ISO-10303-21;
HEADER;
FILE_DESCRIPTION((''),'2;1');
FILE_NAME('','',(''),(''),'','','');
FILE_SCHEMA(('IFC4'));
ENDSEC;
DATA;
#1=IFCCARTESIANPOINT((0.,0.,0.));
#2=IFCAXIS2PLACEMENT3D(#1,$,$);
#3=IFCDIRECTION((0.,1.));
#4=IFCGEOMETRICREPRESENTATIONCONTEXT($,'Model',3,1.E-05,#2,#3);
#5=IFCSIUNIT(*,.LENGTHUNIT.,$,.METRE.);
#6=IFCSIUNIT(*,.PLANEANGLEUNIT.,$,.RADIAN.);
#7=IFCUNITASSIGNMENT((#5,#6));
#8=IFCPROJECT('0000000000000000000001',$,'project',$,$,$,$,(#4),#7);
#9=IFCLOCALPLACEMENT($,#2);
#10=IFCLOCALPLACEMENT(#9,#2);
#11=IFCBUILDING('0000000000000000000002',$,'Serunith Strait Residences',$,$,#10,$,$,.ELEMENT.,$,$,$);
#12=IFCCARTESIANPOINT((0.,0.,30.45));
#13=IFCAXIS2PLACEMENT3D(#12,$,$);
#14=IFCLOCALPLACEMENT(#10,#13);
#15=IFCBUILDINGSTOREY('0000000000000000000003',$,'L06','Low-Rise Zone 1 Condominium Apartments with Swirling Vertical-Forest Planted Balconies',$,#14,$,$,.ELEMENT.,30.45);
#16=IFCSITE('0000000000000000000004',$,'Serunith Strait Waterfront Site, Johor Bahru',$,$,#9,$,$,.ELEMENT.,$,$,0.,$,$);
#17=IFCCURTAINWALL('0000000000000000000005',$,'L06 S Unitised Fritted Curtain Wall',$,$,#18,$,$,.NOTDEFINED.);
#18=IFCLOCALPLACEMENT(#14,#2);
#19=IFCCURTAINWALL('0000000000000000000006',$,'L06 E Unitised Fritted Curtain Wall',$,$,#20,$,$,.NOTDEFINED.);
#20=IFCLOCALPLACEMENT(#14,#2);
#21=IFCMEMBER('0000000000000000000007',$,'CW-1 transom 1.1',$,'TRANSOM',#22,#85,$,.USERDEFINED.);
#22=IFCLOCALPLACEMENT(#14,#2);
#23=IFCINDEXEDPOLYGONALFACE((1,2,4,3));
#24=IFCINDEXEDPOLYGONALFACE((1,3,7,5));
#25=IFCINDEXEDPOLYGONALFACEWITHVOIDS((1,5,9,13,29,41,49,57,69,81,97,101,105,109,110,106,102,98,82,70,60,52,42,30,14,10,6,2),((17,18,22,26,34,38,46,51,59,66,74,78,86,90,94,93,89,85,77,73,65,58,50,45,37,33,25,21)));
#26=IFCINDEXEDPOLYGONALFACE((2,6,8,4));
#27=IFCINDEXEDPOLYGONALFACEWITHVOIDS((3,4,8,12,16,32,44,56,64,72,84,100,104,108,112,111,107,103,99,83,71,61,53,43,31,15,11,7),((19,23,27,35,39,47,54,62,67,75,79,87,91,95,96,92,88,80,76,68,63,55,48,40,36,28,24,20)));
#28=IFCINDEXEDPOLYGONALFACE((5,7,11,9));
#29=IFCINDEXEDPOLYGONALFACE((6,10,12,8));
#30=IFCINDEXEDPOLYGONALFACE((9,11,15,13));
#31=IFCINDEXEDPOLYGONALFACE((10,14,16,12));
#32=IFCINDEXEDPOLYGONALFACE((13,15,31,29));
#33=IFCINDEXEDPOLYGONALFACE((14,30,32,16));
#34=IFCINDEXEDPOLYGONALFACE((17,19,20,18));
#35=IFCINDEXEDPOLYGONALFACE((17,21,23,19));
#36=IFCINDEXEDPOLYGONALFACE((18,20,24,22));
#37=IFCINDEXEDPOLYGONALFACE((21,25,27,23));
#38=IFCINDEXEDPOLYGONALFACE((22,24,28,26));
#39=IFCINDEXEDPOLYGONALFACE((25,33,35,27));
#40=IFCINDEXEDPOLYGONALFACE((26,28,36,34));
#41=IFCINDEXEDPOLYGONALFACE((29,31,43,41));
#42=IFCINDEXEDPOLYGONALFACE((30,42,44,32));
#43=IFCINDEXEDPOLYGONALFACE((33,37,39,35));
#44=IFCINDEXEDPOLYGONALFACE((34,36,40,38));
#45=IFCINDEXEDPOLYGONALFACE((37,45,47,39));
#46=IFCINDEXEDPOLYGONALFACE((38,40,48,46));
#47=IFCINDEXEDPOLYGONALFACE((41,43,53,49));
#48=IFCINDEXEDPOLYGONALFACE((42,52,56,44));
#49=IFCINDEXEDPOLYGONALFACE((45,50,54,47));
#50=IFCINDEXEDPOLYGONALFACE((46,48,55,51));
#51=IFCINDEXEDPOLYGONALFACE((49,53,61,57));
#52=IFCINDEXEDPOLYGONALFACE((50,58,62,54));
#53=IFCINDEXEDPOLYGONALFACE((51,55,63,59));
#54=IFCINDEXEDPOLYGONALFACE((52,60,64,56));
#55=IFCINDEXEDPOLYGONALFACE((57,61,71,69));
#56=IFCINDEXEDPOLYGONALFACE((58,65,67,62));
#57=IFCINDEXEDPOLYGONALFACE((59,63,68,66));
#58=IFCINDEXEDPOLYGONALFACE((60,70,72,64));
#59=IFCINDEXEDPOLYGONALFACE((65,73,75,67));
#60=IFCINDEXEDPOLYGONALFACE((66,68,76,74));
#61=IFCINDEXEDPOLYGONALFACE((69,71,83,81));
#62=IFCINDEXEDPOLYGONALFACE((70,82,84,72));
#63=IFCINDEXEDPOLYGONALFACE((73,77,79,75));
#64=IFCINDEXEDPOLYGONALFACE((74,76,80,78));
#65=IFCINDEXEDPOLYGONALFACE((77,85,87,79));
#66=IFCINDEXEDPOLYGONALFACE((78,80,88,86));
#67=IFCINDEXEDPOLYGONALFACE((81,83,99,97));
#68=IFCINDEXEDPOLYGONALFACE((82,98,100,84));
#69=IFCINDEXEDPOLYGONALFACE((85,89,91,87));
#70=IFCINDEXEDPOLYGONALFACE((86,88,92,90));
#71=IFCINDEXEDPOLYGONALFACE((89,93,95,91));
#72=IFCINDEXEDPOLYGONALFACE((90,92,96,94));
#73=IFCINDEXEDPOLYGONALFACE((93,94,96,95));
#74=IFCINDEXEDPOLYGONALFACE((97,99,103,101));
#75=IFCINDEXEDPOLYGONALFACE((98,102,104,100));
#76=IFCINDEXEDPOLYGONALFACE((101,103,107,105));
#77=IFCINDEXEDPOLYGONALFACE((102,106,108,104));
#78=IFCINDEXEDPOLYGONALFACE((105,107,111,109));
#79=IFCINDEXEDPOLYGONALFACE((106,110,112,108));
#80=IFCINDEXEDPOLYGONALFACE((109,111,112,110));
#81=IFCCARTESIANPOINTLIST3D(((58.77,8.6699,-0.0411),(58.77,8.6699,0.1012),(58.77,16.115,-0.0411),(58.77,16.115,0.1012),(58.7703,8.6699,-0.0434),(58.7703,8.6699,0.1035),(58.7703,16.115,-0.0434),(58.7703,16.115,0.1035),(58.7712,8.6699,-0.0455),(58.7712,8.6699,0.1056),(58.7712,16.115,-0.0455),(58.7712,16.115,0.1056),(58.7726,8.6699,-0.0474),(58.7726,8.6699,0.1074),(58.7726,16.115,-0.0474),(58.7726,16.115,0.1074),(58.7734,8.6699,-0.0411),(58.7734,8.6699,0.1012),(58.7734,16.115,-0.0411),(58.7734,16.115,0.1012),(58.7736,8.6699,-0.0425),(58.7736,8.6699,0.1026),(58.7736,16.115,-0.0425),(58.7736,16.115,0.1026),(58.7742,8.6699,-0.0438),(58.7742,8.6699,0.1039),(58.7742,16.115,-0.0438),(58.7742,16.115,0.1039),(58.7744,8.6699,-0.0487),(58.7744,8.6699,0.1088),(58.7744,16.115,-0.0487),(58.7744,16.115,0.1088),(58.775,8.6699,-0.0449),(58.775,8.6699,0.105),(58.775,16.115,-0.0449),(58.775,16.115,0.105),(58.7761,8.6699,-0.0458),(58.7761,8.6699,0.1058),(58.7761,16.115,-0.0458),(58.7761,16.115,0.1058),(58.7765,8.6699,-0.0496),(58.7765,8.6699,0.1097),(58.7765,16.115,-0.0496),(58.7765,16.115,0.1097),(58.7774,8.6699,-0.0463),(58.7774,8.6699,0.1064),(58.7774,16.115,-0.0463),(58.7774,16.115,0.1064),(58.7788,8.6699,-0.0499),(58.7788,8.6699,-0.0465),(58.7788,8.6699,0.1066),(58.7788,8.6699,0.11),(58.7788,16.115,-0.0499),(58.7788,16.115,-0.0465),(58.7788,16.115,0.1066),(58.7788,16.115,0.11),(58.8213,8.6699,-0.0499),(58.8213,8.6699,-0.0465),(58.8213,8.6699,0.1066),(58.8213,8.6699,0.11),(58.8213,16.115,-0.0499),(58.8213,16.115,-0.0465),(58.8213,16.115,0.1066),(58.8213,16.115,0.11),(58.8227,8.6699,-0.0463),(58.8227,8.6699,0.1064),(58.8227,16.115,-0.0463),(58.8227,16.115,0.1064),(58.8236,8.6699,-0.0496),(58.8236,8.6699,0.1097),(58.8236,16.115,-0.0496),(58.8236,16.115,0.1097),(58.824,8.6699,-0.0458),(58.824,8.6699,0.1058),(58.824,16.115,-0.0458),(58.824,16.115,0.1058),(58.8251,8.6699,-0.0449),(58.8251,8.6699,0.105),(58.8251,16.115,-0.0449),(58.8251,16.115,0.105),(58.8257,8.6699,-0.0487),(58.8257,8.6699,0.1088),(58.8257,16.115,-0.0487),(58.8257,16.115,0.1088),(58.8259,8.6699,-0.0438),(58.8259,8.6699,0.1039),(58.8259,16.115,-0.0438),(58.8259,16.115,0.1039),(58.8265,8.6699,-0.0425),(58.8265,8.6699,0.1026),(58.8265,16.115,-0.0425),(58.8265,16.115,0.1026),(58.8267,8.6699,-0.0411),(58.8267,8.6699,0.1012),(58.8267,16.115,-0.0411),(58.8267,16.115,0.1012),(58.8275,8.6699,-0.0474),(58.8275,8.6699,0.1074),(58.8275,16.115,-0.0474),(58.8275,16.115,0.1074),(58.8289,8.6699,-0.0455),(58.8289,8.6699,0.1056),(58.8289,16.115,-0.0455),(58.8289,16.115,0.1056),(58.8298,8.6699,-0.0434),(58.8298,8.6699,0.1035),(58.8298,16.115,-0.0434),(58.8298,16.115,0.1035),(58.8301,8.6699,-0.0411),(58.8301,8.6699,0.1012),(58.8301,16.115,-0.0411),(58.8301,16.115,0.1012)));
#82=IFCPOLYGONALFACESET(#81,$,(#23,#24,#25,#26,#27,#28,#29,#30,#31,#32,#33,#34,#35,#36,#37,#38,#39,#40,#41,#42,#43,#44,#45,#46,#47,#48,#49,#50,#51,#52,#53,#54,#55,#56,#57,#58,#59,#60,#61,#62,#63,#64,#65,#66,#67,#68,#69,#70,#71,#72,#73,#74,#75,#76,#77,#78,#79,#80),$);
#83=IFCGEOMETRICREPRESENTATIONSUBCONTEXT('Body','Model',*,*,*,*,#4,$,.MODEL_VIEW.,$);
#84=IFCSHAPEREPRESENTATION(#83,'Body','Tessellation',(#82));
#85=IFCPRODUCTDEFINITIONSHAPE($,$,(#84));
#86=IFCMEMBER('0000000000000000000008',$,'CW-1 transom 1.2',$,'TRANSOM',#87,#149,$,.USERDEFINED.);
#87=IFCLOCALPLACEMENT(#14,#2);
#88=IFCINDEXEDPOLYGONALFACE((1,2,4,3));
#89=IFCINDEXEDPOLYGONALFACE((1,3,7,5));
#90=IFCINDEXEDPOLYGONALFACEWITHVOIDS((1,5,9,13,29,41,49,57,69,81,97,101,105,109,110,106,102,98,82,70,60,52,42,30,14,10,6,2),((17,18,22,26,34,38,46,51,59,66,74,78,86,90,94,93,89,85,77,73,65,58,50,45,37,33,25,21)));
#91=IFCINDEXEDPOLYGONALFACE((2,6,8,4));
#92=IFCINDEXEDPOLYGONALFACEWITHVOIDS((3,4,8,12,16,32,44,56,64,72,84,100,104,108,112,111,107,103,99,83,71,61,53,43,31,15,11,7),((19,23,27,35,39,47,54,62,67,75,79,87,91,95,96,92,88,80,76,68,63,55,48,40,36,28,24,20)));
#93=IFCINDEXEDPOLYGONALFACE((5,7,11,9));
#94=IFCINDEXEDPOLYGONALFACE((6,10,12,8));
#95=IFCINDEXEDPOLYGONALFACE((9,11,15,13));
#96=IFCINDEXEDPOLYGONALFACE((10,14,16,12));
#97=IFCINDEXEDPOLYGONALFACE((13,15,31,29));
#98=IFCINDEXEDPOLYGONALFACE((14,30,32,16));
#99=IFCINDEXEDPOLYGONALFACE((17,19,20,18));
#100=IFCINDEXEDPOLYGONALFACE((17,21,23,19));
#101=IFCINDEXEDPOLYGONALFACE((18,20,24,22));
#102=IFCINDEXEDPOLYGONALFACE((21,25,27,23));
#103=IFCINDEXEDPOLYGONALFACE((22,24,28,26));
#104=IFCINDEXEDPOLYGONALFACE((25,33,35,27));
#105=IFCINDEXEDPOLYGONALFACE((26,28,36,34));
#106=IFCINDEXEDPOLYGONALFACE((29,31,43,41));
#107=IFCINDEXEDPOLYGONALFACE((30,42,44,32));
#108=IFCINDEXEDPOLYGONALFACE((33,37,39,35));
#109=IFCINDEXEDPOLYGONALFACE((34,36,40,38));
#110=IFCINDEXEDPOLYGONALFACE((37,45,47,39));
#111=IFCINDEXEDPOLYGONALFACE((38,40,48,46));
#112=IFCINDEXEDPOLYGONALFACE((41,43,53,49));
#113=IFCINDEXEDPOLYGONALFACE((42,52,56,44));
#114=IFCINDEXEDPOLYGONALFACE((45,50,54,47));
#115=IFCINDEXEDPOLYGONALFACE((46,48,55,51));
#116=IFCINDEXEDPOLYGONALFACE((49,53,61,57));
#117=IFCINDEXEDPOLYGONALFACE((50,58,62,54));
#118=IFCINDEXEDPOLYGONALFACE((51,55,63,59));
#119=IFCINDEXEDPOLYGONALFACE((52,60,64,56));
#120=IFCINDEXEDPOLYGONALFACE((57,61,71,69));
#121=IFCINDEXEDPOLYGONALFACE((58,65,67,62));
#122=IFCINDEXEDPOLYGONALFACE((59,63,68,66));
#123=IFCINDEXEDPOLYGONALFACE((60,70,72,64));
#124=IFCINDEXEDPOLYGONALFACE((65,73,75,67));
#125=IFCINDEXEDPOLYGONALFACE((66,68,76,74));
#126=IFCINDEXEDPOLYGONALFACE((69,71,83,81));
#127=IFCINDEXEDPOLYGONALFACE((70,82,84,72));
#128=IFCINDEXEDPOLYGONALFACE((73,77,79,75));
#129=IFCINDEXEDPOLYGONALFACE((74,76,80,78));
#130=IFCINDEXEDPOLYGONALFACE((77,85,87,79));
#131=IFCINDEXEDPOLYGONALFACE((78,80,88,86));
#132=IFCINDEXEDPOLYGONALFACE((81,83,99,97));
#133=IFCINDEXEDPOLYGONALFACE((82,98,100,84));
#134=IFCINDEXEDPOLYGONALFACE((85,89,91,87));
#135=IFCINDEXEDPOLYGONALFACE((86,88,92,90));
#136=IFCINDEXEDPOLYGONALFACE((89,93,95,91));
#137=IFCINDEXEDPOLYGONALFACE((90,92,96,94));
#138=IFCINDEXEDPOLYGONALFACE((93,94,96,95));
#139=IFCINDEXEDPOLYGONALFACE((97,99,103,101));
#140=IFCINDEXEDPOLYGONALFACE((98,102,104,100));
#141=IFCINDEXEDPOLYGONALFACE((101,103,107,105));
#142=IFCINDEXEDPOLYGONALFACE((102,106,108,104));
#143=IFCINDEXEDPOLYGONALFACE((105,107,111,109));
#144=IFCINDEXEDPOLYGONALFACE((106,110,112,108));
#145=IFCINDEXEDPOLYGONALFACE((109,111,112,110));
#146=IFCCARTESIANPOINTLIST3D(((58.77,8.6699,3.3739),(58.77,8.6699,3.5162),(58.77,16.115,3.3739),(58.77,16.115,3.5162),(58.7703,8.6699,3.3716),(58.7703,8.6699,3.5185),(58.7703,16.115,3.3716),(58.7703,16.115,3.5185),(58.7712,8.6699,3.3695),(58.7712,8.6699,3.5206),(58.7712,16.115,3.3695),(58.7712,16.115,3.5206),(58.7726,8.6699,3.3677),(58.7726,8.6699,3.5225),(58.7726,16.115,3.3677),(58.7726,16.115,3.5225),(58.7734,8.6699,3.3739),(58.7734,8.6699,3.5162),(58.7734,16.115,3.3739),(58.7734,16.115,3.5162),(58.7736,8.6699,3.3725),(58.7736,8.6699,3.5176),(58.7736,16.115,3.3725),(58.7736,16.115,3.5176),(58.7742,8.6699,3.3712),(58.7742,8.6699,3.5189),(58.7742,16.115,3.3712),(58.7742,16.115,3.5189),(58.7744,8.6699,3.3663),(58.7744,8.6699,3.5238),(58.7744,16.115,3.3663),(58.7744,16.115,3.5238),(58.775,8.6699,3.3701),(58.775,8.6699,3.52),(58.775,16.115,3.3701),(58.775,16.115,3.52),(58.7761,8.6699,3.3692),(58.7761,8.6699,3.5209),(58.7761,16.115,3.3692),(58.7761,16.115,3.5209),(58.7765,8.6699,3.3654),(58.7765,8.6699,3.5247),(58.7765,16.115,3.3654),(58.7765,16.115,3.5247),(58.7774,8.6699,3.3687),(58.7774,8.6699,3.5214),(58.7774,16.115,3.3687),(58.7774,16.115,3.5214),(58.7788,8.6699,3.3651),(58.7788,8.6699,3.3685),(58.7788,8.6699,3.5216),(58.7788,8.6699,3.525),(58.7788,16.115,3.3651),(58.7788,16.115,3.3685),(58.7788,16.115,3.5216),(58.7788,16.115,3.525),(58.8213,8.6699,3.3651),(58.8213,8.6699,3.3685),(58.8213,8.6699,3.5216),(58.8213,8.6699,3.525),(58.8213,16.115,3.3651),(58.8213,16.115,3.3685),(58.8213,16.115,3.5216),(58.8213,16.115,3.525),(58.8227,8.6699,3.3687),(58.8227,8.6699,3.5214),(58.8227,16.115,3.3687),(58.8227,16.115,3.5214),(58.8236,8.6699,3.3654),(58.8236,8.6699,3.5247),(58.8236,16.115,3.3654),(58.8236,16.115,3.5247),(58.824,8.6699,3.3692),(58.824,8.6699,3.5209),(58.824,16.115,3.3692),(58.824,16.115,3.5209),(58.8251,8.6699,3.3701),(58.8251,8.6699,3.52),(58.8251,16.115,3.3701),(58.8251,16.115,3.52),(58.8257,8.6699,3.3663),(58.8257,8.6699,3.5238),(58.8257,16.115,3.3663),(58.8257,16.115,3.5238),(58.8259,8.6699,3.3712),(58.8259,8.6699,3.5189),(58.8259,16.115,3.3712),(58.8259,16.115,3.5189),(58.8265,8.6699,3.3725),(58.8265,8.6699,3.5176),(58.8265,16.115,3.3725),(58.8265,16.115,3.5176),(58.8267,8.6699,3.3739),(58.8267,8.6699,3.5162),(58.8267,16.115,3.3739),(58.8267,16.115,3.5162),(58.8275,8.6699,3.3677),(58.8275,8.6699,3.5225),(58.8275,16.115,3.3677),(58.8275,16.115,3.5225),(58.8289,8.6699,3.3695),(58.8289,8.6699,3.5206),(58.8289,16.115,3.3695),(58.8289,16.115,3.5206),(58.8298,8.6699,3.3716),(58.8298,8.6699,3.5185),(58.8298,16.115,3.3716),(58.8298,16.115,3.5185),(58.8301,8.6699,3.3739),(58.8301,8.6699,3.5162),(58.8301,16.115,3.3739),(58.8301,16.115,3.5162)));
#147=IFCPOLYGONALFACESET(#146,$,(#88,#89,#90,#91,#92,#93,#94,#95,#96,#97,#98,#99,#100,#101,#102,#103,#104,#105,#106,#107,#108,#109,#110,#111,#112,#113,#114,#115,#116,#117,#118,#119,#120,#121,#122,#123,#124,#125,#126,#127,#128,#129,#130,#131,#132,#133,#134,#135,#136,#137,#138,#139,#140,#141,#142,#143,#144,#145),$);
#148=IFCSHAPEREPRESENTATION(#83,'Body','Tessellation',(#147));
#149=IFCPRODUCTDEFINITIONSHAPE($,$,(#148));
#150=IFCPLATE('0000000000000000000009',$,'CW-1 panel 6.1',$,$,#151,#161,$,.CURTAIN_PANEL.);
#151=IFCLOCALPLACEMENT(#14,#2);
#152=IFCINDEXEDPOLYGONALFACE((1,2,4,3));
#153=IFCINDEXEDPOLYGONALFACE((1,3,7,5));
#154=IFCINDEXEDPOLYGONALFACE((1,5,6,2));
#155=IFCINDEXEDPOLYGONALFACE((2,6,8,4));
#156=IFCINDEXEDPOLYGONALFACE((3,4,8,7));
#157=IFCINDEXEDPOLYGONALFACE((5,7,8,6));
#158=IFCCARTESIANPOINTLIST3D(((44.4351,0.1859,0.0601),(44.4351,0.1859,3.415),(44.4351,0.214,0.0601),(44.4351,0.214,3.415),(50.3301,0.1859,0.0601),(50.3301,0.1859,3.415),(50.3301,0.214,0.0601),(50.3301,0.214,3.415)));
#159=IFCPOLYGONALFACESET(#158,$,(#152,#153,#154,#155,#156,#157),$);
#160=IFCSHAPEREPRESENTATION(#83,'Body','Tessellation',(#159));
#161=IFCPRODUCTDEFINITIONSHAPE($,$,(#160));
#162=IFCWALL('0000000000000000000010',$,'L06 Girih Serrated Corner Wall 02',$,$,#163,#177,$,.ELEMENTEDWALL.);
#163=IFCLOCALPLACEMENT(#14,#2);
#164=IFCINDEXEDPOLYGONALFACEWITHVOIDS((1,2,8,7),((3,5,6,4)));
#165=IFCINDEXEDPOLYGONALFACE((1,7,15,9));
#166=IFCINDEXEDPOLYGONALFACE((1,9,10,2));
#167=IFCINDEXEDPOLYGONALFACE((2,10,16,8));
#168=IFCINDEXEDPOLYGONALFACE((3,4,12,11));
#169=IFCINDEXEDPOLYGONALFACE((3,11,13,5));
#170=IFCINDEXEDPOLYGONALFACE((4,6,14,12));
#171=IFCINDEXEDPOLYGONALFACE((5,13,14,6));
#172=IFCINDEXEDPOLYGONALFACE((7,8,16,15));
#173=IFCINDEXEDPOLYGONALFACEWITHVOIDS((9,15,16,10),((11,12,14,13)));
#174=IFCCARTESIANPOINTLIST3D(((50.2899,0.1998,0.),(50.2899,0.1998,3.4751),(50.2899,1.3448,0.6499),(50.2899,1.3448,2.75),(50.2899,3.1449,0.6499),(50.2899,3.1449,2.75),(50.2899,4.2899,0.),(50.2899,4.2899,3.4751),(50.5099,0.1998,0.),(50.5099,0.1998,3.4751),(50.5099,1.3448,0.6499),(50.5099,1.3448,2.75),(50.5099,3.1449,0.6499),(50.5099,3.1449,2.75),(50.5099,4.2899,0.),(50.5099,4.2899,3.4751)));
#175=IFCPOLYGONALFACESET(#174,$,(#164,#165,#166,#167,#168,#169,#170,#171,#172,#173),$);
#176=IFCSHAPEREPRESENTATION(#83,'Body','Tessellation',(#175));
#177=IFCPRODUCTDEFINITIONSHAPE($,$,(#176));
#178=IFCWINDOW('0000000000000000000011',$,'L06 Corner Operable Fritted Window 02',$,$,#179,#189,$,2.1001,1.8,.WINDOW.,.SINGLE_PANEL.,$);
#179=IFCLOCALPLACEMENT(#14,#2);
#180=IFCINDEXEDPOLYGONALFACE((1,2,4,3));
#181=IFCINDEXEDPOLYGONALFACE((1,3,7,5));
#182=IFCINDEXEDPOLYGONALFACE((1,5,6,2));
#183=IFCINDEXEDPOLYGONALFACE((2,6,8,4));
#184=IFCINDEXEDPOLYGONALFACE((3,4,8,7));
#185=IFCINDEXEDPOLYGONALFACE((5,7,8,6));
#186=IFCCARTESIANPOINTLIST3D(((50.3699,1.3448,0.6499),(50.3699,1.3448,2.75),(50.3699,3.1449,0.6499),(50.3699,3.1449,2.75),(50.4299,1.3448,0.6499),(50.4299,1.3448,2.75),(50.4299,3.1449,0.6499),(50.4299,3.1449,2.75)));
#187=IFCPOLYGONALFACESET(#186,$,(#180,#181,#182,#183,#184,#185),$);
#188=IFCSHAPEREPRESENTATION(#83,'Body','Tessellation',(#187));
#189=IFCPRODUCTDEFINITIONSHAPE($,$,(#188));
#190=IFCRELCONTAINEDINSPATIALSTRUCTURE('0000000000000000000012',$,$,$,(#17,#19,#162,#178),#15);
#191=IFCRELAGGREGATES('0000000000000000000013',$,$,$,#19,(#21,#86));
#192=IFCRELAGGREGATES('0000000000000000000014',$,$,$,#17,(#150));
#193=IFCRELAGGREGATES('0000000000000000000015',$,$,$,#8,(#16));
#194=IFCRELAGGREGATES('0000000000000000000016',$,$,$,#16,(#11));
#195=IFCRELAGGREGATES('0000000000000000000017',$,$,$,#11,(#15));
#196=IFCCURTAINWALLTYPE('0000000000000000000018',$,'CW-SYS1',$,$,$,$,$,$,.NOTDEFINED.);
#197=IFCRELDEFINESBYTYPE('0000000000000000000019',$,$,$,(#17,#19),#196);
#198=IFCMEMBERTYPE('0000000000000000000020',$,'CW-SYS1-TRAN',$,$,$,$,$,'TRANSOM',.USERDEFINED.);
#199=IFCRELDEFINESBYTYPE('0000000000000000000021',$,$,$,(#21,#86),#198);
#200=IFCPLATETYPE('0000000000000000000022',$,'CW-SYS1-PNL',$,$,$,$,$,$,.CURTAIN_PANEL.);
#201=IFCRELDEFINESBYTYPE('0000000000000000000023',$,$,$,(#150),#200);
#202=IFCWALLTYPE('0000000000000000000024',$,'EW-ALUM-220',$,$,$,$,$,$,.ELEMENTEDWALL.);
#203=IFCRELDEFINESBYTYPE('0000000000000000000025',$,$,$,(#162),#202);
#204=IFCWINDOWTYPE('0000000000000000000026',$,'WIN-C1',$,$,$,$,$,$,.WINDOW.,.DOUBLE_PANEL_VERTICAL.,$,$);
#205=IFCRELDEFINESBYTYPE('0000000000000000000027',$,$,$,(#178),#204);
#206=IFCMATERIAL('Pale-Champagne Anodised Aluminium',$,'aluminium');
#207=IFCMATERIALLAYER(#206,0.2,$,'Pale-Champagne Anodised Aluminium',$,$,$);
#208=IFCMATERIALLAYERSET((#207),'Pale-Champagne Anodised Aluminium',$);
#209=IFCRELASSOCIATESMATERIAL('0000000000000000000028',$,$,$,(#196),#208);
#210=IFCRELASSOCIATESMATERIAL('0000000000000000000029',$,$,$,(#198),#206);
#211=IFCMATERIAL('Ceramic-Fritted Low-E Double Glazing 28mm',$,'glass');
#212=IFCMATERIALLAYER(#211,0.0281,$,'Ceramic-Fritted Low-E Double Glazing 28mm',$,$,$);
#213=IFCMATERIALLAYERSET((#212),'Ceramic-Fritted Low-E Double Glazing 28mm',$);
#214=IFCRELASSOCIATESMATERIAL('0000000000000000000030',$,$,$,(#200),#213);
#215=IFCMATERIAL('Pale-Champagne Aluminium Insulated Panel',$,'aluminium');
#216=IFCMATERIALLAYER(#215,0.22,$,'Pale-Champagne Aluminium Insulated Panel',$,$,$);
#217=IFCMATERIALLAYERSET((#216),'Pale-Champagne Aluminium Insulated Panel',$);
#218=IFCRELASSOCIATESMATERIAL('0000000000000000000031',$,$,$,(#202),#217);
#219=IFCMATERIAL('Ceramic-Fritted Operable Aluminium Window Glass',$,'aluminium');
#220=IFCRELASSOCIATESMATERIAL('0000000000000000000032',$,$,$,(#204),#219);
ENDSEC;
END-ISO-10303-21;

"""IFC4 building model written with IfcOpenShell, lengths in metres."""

from ifc_helpers import new_model, si_unit, direction, frame, frame_2d, origin, origin_2d, place, context, subcontext, project, spatial, rectangle, hollow_rectangle, extrude, source, transform, mapped, material, layer, layer_set, material_profile, profile_set, type_object, element, fill, aggregate, save


model = new_model("IFC4")

# Units and contexts
model_context = context("Model", 3, precision=1e-05, world=origin(), true_north=direction((0.0, 1.0)))
body_context = subcontext(model_context, "Body", "Model", "MODEL_VIEW")
ifc_project = project(units=[si_unit("LENGTHUNIT", "METRE"), si_unit("PLANEANGLEUNIT", "RADIAN")], contexts=[model_context])

# Site, building, storey
site_placement = place(None, origin())
site = spatial("IfcSite", under=ifc_project, at=site_placement, Name="Serunith Strait Waterfront Site, Johor Bahru", CompositionType="ELEMENT", RefElevation=0.0)
building_placement = place(site_placement, origin())
building = spatial("IfcBuilding", under=site, at=building_placement, Name="Serunith Strait Residences", CompositionType="ELEMENT")
storey_placement = place(building_placement, frame((0.0, 0.0, 30.45)))
storey = spatial("IfcBuildingStorey", under=building, at=storey_placement, Name="L06", Description="Low-Rise Zone 1 Condominium Apartments with Swirling Vertical-Forest Planted Balconies", CompositionType="ELEMENT", Elevation=30.45)

# Curtain wall
ifc_material_1 = material(Name="Pale-Champagne Anodised Aluminium", Category="aluminium")
ifc_layer_1 = layer(ifc_material_1, 0.2, Name="Pale-Champagne Anodised Aluminium")
ifc_layer_set_1 = layer_set([ifc_layer_1], Name="Pale-Champagne Anodised Aluminium")
curtain_wall_type = type_object("IfcCurtainWallType", Name="CW-SYS1", PredefinedType="NOTDEFINED", material=ifc_layer_set_1)
curtain_wall_1_placement = place(storey_placement, origin())
curtain_wall_1 = element("IfcCurtainWall", 1, at=curtain_wall_1_placement, inside=storey, type_object=curtain_wall_type, Name="L06 S Unitised Fritted Curtain Wall", PredefinedType="NOTDEFINED")

# Curtain wall, members
curtain_wall_2_placement = place(storey_placement, origin())
curtain_wall_2 = element("IfcCurtainWall", 2, at=curtain_wall_2_placement, inside=storey, type_object=curtain_wall_type, Name="L06 E Unitised Fritted Curtain Wall", PredefinedType="NOTDEFINED")
ifc_material_profile_1 = material_profile(ifc_material_1, hollow_rectangle(XDim=0.0601, YDim=0.1599, WallThickness=0.0034, InnerFilletRadius=0.0054, OuterFilletRadius=0.0088, at=origin_2d()), Name="ALU 160x60x3.5")
ifc_profile_set_1 = profile_set([ifc_material_profile_1], Name="Pale-Champagne Anodised Aluminium")
member_type_1 = type_object("IfcMemberType", Name="CW-SYS1-TRAN", ElementType="TRANSOM", PredefinedType="USERDEFINED", material=ifc_profile_set_1)
shared_shape_1 = source(origin(), body_context, "Body", "SweptSolid", [
    extrude(hollow_rectangle(XDim=0.0601, YDim=0.1599, WallThickness=0.0034, InnerFilletRadius=0.0054, OuterFilletRadius=0.0088, at=origin_2d()), origin(), (0.0, 0.0, 1.0), 7.4451),
])
member_1_placement = place(storey_placement, frame((58.8, 8.6699, 0.03), z_axis=(0.0, 1.0, 0.0), x_axis=(-1.0, 0.0, 0.0)))
member_1 = element("IfcMember", 3, at=member_1_placement, type_object=member_type_1, Name="CW-1 transom 1.1", ObjectType="TRANSOM", PredefinedType="USERDEFINED", context=body_context, shape_type="MappedRepresentation", body=[
    mapped(shared_shape_1, transform((0.0, 0.0, 0.0), scale=1.0)),
])
member_2_placement = place(storey_placement, frame((58.8, 8.6699, 3.4451), z_axis=(0.0, 1.0, 0.0), x_axis=(-1.0, 0.0, 0.0)))
member_2 = element("IfcMember", 4, at=member_2_placement, type_object=member_type_1, Name="CW-1 transom 1.2", ObjectType="TRANSOM", PredefinedType="USERDEFINED", context=body_context, shape_type="MappedRepresentation", body=[
    mapped(shared_shape_1, transform((0.0, 0.0, 0.0), scale=1.0)),
])
aggregate(curtain_wall_2, [member_1, member_2])

# Plate
ifc_material_2 = material(Name="Ceramic-Fritted Low-E Double Glazing 28mm", Category="glass")
ifc_layer_2 = layer(ifc_material_2, 0.0281, Name="Ceramic-Fritted Low-E Double Glazing 28mm")
ifc_layer_set_2 = layer_set([ifc_layer_2], Name="Ceramic-Fritted Low-E Double Glazing 28mm")
plate_type = type_object("IfcPlateType", Name="CW-SYS1-PNL", PredefinedType="CURTAIN_PANEL", material=ifc_layer_set_2)
shared_shape_2 = source(origin(), body_context, "Body", "SweptSolid", [
    extrude(rectangle(XDim=5.895, YDim=0.0281, at=origin_2d()), origin(), (0.0, 0.0, 1.0), 3.355),
])
plate_placement = place(storey_placement, frame((47.3826, 0.2, 0.0601), z_axis=(0.0, 0.0, 1.0), x_axis=(1.0, 0.0, 0.0)))
plate = element("IfcPlate", 5, at=plate_placement, type_object=plate_type, Name="CW-1 panel 6.1", PredefinedType="CURTAIN_PANEL", context=body_context, shape_type="MappedRepresentation", body=[
    mapped(shared_shape_2, transform((0.0, 0.0, 0.0), scale=1.0)),
])
aggregate(curtain_wall_1, [plate])

# Wall, opening, window
ifc_material_3 = material(Name="Pale-Champagne Aluminium Insulated Panel", Category="aluminium")
ifc_layer_3 = layer(ifc_material_3, 0.22, Name="Pale-Champagne Aluminium Insulated Panel")
ifc_layer_set_3 = layer_set([ifc_layer_3], Name="Pale-Champagne Aluminium Insulated Panel")
wall_type_1 = type_object("IfcWallType", Name="EW-ALUM-220", PredefinedType="ELEMENTEDWALL", material=ifc_layer_set_3)
wall_1_placement = place(storey_placement, frame((50.3999, 0.2, 0.0), z_axis=(0.0, 0.0, 1.0), x_axis=(0.0, 1.0, 0.0)))
wall_1 = element("IfcWall", 6, at=wall_1_placement, inside=storey, type_object=wall_type_1, Name="L06 Girih Serrated Corner Wall 02", PredefinedType="ELEMENTEDWALL", context=body_context, shape_type="SweptSolid", body=[
    extrude(rectangle(XDim=4.0901, YDim=0.22, at=frame_2d((2.0449, 0.0))), origin(), (0.0, 0.0, 1.0), 3.4751),
])
opening_1_placement = place(wall_1_placement, frame((1.145, 0.0, 0.6499)))
opening_1 = element("IfcOpeningElement", 7, at=opening_1_placement, cuts=wall_1, PredefinedType="OPENING", context=body_context, shape_type="SweptSolid", body=[
    extrude(rectangle(XDim=1.8, YDim=2.1001, at=frame_2d((0.8999, 1.05))), frame((0.0, 0.1201, 0.0), z_axis=(0.0, -1.0, 0.0), x_axis=(1.0, 0.0, 0.0)), (0.0, 0.0, 1.0), 0.24),
])
ifc_material_4 = material(Name="Ceramic-Fritted Operable Aluminium Window Glass", Category="aluminium")
window_type = type_object("IfcWindowType", Name="WIN-C1", PartitioningType="DOUBLE_PANEL_VERTICAL", PredefinedType="WINDOW", material=ifc_material_4)
shared_shape_3 = source(origin(), body_context, "Body", "SweptSolid", [
    extrude(rectangle(XDim=1.8, YDim=2.1001, at=frame_2d((0.8999, 1.05))), frame((0.0, 0.03, 0.0), z_axis=(0.0, -1.0, 0.0), x_axis=(1.0, 0.0, 0.0)), (0.0, 0.0, 1.0), 0.0601),
])
window_1_placement = place(opening_1_placement, origin())
window_1 = element("IfcWindow", 8, at=window_1_placement, inside=storey, type_object=window_type, Name="L06 Corner Operable Fritted Window 02", OverallHeight=2.1001, OverallWidth=1.8, PartitioningType="SINGLE_PANEL", PredefinedType="WINDOW", context=body_context, shape_type="MappedRepresentation", body=[
    mapped(shared_shape_3, transform((0.0, 0.0, 0.0), scale=1.0)),
])
fill(opening_1, window_1)

save(model, "model.ifc")
